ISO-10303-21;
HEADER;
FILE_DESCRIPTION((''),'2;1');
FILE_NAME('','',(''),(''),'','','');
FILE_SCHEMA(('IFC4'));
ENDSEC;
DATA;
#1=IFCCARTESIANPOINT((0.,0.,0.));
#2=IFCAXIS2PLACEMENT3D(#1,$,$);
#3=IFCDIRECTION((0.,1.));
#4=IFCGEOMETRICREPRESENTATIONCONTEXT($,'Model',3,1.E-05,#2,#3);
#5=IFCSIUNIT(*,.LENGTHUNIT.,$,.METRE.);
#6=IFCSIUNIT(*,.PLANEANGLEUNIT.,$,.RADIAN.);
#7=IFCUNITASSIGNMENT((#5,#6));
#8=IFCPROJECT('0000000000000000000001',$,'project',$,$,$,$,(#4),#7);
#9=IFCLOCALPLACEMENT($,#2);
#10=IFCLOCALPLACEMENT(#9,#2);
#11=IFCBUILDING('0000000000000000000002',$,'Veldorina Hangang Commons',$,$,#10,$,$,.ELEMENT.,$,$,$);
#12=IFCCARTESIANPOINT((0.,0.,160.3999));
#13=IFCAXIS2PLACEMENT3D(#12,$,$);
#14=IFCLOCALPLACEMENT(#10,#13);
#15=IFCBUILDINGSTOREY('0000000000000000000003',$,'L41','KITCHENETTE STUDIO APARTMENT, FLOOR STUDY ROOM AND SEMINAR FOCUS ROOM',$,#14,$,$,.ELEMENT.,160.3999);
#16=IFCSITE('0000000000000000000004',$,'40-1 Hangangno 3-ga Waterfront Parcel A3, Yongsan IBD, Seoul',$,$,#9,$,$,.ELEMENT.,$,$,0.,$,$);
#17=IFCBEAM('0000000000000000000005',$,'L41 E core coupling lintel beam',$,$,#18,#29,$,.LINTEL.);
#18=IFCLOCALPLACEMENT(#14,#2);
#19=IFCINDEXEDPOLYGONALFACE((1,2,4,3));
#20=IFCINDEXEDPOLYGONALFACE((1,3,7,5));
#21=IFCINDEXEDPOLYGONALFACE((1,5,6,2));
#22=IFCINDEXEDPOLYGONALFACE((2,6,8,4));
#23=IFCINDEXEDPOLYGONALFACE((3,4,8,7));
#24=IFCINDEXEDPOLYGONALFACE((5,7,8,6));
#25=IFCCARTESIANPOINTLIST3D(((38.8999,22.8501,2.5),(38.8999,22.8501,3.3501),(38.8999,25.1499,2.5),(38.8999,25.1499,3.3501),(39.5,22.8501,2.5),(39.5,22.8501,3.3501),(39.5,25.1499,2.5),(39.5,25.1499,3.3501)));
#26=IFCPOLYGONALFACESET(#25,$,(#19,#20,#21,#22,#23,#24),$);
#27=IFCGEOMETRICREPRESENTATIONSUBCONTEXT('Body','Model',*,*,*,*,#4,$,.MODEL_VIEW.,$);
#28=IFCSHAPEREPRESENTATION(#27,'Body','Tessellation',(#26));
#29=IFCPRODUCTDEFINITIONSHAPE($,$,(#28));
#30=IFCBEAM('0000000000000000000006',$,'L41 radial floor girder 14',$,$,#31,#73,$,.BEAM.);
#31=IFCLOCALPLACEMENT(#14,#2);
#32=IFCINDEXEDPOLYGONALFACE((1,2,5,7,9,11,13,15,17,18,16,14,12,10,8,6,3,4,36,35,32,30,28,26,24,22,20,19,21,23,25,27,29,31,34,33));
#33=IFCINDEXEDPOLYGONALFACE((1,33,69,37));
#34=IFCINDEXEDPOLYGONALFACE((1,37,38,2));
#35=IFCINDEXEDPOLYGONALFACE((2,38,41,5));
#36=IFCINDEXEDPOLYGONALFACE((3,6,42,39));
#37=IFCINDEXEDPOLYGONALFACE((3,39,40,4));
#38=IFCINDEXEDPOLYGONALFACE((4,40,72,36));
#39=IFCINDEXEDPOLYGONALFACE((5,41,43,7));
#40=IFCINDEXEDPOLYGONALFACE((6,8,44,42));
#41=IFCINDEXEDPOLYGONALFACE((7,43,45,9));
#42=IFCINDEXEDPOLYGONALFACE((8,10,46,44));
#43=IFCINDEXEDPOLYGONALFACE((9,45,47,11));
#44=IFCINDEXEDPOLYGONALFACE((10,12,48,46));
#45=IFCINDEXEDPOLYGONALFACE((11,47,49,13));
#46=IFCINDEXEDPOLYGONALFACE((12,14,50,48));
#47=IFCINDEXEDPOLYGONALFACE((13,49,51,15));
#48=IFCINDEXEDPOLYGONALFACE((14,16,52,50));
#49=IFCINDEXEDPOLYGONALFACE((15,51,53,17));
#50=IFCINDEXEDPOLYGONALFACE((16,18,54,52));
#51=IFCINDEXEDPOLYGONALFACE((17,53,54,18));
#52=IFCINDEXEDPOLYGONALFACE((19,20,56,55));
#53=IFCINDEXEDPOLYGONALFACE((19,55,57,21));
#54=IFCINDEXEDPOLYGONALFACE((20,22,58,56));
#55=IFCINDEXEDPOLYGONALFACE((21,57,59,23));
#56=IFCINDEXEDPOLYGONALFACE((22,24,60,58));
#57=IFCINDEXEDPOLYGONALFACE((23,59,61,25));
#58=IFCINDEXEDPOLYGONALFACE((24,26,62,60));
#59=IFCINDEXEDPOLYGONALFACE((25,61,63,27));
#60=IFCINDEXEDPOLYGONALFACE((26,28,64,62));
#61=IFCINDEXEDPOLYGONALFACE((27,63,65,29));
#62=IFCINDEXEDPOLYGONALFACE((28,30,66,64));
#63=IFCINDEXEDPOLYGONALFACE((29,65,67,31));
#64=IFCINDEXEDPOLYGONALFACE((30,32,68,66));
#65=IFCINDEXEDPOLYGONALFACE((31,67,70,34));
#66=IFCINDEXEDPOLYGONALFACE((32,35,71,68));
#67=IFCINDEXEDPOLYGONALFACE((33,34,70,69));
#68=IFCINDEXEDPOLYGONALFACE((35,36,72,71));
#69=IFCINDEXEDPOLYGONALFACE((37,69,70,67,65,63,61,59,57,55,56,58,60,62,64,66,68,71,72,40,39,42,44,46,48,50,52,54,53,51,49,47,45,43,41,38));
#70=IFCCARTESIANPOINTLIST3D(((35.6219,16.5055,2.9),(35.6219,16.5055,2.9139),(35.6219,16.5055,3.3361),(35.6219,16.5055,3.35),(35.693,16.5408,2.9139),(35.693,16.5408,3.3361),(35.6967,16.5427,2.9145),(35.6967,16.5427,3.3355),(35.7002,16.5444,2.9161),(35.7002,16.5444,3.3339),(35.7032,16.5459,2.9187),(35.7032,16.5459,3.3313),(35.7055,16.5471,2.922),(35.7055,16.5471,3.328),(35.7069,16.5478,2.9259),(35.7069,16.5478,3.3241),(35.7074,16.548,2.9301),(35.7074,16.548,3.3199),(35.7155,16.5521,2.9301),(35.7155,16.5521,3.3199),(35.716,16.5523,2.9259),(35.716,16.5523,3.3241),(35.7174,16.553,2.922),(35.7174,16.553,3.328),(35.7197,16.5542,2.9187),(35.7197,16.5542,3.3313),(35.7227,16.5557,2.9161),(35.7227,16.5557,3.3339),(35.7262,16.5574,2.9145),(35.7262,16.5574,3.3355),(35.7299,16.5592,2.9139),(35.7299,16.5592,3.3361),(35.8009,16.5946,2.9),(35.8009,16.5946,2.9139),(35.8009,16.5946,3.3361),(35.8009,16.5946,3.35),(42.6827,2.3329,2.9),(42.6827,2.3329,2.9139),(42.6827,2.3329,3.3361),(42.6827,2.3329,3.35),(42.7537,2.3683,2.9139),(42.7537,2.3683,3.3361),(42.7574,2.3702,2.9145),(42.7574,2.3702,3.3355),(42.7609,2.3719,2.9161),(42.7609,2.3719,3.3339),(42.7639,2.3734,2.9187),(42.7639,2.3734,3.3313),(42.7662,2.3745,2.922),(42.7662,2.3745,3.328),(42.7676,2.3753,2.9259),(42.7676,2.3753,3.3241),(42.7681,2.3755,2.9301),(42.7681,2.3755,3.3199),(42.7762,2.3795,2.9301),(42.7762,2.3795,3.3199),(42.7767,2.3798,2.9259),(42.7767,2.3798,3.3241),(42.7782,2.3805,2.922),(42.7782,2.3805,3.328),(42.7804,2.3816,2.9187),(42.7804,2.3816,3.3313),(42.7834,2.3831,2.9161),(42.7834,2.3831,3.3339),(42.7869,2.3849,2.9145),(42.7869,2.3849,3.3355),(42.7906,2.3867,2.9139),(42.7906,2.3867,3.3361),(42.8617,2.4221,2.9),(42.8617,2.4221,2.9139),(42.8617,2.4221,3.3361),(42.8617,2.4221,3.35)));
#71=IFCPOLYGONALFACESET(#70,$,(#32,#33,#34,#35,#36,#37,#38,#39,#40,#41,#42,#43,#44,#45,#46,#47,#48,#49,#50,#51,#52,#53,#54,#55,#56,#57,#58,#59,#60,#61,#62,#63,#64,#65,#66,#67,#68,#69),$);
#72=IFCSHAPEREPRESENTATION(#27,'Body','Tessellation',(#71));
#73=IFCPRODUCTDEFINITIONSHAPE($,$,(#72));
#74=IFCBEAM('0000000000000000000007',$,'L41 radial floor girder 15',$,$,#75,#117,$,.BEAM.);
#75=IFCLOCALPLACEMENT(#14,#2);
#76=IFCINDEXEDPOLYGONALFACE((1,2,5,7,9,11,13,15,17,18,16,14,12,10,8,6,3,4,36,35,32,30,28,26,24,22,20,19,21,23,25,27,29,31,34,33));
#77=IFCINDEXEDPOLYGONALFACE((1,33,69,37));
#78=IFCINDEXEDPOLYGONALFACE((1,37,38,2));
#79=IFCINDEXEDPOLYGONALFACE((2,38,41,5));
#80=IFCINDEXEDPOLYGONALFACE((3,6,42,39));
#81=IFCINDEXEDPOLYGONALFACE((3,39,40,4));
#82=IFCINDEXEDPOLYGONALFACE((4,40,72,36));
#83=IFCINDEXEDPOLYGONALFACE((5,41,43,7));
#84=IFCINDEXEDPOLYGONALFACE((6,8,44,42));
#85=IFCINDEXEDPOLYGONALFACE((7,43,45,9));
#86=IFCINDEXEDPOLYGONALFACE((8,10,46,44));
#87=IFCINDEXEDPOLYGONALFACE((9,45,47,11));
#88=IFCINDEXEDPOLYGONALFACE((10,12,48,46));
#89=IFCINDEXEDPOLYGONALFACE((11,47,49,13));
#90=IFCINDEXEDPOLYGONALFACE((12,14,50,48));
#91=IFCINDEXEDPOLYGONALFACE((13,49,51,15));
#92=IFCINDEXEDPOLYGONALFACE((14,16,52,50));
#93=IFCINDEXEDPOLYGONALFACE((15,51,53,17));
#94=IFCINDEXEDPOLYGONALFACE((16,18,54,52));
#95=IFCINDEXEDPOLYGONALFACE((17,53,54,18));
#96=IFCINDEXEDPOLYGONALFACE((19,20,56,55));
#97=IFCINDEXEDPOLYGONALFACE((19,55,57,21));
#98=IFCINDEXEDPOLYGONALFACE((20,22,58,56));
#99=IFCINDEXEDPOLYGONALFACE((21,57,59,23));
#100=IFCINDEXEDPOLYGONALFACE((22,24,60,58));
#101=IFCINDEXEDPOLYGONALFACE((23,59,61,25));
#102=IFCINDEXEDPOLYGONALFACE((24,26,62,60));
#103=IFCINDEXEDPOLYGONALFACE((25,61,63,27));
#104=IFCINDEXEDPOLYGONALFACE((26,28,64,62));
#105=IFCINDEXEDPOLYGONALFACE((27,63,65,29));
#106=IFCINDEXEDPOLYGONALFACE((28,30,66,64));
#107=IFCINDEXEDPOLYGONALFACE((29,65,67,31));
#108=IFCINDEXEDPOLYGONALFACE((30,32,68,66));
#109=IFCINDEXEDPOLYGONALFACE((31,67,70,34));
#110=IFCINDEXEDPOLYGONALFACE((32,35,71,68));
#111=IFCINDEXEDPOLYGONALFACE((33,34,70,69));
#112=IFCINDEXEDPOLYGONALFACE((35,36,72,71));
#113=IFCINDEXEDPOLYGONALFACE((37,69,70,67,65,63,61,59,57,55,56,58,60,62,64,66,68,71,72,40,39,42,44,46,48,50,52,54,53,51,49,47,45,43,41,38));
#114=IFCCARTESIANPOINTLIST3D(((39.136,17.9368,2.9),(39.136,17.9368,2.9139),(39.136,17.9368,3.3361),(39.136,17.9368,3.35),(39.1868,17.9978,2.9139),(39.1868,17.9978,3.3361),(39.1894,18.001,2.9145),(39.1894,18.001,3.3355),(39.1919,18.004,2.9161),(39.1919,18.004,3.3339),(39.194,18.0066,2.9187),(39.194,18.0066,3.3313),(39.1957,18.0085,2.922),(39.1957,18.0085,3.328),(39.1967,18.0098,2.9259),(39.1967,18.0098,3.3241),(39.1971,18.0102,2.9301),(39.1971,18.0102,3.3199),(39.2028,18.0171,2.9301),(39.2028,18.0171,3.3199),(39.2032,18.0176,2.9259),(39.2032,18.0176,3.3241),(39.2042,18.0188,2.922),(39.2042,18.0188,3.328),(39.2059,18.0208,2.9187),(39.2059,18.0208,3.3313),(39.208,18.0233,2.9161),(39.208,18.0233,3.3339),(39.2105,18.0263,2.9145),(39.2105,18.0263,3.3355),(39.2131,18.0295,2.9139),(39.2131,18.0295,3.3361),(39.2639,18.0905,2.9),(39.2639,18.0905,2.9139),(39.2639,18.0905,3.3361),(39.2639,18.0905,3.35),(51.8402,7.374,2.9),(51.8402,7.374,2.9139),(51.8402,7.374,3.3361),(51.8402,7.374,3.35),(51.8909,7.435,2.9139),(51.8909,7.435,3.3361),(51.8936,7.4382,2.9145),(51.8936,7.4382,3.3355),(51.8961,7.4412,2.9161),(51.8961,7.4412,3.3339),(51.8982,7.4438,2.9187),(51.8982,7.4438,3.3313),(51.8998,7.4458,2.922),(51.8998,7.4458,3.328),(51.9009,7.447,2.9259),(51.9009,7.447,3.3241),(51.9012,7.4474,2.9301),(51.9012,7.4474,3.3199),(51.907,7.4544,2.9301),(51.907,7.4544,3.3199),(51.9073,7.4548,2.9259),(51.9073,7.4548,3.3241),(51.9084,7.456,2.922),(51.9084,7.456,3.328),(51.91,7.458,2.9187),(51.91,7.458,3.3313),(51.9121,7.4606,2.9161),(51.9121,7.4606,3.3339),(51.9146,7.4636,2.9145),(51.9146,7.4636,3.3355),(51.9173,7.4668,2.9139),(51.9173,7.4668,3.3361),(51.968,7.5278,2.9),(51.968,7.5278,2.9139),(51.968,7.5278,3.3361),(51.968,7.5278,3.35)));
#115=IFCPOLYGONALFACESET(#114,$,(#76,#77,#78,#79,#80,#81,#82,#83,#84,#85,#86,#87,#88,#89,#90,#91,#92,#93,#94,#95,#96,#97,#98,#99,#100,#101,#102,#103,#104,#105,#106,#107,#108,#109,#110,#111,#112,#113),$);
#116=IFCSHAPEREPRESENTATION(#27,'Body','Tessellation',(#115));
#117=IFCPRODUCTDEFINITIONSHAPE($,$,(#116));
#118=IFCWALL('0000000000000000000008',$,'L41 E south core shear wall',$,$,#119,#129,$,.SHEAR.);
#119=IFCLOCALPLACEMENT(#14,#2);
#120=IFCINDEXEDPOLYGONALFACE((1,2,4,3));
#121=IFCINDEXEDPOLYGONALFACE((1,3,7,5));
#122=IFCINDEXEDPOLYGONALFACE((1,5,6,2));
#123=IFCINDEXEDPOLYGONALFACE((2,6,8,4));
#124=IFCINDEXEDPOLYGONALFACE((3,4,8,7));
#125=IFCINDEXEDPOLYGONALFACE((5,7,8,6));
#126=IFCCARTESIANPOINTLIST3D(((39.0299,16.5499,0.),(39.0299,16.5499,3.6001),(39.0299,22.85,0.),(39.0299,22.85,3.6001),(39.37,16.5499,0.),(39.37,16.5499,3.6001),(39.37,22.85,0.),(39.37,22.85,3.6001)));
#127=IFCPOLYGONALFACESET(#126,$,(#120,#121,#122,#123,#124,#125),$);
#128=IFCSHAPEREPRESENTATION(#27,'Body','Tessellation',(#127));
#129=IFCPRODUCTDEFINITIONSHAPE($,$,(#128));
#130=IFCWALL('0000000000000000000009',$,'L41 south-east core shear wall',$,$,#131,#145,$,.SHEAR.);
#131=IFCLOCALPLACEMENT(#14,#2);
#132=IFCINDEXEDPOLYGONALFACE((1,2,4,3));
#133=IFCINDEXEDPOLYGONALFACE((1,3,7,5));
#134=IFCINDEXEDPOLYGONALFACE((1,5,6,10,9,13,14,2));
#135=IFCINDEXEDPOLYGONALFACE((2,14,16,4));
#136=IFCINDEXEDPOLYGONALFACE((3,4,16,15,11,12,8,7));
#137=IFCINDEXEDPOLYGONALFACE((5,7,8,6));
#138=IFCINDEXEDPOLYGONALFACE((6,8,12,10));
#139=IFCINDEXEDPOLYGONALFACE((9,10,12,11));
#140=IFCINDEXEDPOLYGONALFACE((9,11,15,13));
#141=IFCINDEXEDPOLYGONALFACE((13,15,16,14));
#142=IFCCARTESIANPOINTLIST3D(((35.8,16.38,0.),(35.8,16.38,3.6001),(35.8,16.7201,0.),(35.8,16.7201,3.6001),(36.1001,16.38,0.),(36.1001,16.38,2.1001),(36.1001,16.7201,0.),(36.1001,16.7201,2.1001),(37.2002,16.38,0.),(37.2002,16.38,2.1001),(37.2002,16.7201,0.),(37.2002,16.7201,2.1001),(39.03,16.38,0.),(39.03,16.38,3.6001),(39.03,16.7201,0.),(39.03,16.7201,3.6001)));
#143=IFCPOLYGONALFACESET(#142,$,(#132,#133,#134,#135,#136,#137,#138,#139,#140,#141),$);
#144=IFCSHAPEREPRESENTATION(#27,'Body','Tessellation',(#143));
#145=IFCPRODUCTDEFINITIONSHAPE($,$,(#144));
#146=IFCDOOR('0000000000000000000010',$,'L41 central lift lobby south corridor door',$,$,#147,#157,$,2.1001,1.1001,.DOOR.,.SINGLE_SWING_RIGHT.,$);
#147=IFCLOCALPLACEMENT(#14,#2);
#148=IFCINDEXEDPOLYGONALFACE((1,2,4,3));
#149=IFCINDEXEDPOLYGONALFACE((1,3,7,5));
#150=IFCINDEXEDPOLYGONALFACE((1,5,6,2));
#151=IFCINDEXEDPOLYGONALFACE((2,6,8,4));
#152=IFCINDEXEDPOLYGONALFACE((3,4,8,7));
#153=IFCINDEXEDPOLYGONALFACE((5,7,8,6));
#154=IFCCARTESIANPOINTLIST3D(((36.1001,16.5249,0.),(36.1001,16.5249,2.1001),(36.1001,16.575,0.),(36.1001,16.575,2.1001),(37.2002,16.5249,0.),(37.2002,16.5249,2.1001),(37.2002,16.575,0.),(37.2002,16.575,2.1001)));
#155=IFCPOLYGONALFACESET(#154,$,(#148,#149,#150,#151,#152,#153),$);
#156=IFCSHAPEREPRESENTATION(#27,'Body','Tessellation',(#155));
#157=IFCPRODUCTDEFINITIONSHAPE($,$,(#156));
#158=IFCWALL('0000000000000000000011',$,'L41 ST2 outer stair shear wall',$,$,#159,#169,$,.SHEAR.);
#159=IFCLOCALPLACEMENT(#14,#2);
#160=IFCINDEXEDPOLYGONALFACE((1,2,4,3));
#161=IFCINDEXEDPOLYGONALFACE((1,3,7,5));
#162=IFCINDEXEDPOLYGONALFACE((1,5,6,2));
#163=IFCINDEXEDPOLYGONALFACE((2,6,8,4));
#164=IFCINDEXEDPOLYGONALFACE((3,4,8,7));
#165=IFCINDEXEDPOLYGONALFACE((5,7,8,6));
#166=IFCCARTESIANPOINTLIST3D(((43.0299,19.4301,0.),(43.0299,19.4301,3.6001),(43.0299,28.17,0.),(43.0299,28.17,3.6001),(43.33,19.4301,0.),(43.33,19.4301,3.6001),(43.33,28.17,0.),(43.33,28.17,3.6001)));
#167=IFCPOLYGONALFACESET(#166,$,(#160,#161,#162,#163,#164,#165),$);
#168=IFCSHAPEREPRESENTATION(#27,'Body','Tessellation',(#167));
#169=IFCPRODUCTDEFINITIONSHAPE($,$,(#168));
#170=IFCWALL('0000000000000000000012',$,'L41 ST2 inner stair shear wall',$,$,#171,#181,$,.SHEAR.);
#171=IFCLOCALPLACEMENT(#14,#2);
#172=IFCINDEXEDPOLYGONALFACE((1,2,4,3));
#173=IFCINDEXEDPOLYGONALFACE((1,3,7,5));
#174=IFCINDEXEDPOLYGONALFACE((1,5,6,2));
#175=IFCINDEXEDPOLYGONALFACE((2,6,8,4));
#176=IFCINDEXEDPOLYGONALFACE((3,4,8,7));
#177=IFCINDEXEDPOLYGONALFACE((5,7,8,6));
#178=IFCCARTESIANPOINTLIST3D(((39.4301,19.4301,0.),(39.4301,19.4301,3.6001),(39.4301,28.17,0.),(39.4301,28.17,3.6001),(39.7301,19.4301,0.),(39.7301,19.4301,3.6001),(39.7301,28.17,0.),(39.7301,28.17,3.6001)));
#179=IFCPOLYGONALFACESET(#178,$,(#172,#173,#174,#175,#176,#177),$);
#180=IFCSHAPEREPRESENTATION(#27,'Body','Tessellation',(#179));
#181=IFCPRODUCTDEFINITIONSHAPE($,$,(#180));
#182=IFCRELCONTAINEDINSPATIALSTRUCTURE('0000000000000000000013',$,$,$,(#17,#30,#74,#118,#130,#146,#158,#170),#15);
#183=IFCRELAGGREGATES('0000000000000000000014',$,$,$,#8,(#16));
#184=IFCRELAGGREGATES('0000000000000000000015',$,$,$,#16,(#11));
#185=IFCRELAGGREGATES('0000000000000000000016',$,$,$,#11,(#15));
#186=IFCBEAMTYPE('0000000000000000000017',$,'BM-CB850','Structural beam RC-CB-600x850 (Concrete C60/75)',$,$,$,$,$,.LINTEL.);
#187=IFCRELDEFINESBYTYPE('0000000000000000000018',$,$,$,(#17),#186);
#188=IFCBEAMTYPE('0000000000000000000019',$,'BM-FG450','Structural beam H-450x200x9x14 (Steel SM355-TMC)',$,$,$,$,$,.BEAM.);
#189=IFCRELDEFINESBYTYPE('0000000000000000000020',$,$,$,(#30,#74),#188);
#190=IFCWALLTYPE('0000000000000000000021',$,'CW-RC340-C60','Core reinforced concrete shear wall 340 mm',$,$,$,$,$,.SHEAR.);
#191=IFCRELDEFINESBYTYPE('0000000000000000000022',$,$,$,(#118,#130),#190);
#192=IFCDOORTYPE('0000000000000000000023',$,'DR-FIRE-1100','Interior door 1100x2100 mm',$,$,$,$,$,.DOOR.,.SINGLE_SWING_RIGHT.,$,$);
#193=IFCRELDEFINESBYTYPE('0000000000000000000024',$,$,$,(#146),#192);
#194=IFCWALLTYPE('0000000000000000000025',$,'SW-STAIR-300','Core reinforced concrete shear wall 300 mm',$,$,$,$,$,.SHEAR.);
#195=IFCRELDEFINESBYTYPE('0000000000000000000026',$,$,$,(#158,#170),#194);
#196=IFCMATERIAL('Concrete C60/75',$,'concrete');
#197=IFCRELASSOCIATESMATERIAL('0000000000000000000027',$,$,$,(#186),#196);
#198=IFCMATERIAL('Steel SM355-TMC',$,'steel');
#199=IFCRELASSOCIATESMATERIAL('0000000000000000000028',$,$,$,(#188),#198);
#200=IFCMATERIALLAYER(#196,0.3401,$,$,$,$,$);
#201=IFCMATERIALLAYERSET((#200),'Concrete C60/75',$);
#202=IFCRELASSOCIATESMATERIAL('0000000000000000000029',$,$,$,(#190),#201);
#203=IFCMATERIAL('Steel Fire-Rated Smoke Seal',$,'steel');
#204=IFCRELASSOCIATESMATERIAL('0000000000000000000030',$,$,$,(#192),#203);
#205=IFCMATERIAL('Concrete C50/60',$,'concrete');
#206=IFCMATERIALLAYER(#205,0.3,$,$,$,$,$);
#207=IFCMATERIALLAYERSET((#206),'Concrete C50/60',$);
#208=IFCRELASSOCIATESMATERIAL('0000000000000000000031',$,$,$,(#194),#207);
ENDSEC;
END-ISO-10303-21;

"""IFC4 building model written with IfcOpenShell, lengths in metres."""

from ifc_helpers import new_model, si_unit, direction, frame, frame_2d, origin, origin_2d, place, context, subcontext, project, spatial, rectangle, i_section, extrude, material, layer, layer_set, material_profile, profile_set, type_object, element, fill, save


model = new_model("IFC4")

# Units and contexts
model_context = context("Model", 3, precision=1e-05, world=origin(), true_north=direction((0.0, 1.0)))
body_context = subcontext(model_context, "Body", "Model", "MODEL_VIEW")
ifc_project = project(units=[si_unit("LENGTHUNIT", "METRE"), si_unit("PLANEANGLEUNIT", "RADIAN")], contexts=[model_context])

# Site, building, storey
site_placement = place(None, origin())
site = spatial("IfcSite", under=ifc_project, at=site_placement, Name="40-1 Hangangno 3-ga Waterfront Parcel A3, Yongsan IBD, Seoul", CompositionType="ELEMENT", RefElevation=0.0)
building_placement = place(site_placement, origin())
building = spatial("IfcBuilding", under=site, at=building_placement, Name="Veldorina Hangang Commons", CompositionType="ELEMENT")
storey_placement = place(building_placement, frame((0.0, 0.0, 160.3999)))
storey = spatial("IfcBuildingStorey", under=building, at=storey_placement, Name="L41", Description="KITCHENETTE STUDIO APARTMENT, FLOOR STUDY ROOM AND SEMINAR FOCUS ROOM", CompositionType="ELEMENT", Elevation=160.3999)

# Beams
ifc_material_1 = material(Name="Concrete C60/75", Category="concrete")
ifc_material_profile_1 = material_profile(ifc_material_1, rectangle(XDim=0.6001, YDim=0.8501, at=origin_2d()), Name="RC-CB-600x850")
ifc_profile_set_1 = profile_set([ifc_material_profile_1], Name="Concrete C60/75")
beam_type_1 = type_object("IfcBeamType", Name="BM-CB850", Description="Structural beam RC-CB-600x850 (Concrete C60/75)", PredefinedType="LINTEL", material=ifc_profile_set_1)
beam_1_placement = place(storey_placement, frame((39.2, 22.8501, 2.925), z_axis=(0.0, 1.0, 0.0), x_axis=(-1.0, 0.0, 0.0)))
element("IfcBeam", 1, at=beam_1_placement, inside=storey, type_object=beam_type_1, Name="L41 E core coupling lintel beam", PredefinedType="LINTEL", context=body_context, shape_type="SweptSolid", body=[
    extrude(rectangle(XDim=0.6001, YDim=0.8501, at=origin_2d()), origin(), (0.0, 0.0, 1.0), 2.2998),
])
ifc_material_2 = material(Name="Steel SM355-TMC", Category="steel")
ifc_material_profile_2 = material_profile(ifc_material_2, i_section(OverallWidth=0.2, OverallDepth=0.45, WebThickness=0.009, FlangeThickness=0.0139, FilletRadius=0.0161, at=origin_2d()), Name="H-450x200x9x14")
ifc_profile_set_2 = profile_set([ifc_material_profile_2], Name="Steel SM355-TMC")
beam_type_2 = type_object("IfcBeamType", Name="BM-FG450", Description="Structural beam H-450x200x9x14 (Steel SM355-TMC)", PredefinedType="BEAM", material=ifc_profile_set_2)
beam_2_placement = place(storey_placement, frame((35.7114, 16.55, 3.125), z_axis=(0.445924, -0.895071, 0.0), x_axis=(0.895071, 0.445924, 0.0)))
element("IfcBeam", 2, at=beam_2_placement, inside=storey, type_object=beam_type_2, Name="L41 radial floor girder 14", PredefinedType="BEAM", context=body_context, shape_type="SweptSolid", body=[
    extrude(i_section(OverallWidth=0.2, OverallDepth=0.45, WebThickness=0.009, FlangeThickness=0.0139, FilletRadius=0.0161, at=origin_2d()), origin(), (0.0, 0.0, 1.0), 15.834),
])
beam_3_placement = place(storey_placement, frame((39.2, 18.0137, 3.125), z_axis=(0.768935, -0.639326, 0.0), x_axis=(0.639326, 0.768935, 0.0)))
element("IfcBeam", 3, at=beam_3_placement, inside=storey, type_object=beam_type_2, Name="L41 radial floor girder 15", PredefinedType="BEAM", context=body_context, shape_type="SweptSolid", body=[
    extrude(i_section(OverallWidth=0.2, OverallDepth=0.45, WebThickness=0.009, FlangeThickness=0.0139, FilletRadius=0.0161, at=origin_2d()), origin(), (0.0, 0.0, 1.0), 16.5217),
])

# Wall
ifc_layer_1 = layer(ifc_material_1, 0.3401)
ifc_layer_set_1 = layer_set([ifc_layer_1], Name="Concrete C60/75")
wall_type_1 = type_object("IfcWallType", Name="CW-RC340-C60", Description="Core reinforced concrete shear wall 340 mm", PredefinedType="SHEAR", material=ifc_layer_set_1)
wall_1_placement = place(storey_placement, frame((39.2, 16.55, 0.0), z_axis=(0.0, 0.0, 1.0), x_axis=(0.0, 1.0, 0.0)))
element("IfcWall", 4, at=wall_1_placement, inside=storey, type_object=wall_type_1, Name="L41 E south core shear wall", PredefinedType="SHEAR", context=body_context, shape_type="SweptSolid", body=[
    extrude(rectangle(XDim=6.3, YDim=0.3401, at=frame_2d((3.1499, 0.0))), origin(), (0.0, 0.0, 1.0), 3.6001),
])

# Wall, opening, door
wall_2_placement = place(storey_placement, frame((35.8, 16.55, 0.0), z_axis=(0.0, 0.0, 1.0), x_axis=(1.0, 0.0, 0.0)))
wall_2 = element("IfcWall", 5, at=wall_2_placement, inside=storey, type_object=wall_type_1, Name="L41 south-east core shear wall", PredefinedType="SHEAR", context=body_context, shape_type="SweptSolid", body=[
    extrude(rectangle(XDim=3.23, YDim=0.3401, at=frame_2d((1.615, 0.0))), origin(), (0.0, 0.0, 1.0), 3.6001),
])
opening_1_placement = place(wall_2_placement, frame((0.3, 0.0, 0.0)))
opening_1 = element("IfcOpeningElement", 6, at=opening_1_placement, cuts=wall_2, PredefinedType="OPENING", context=body_context, shape_type="SweptSolid", body=[
    extrude(rectangle(XDim=1.1001, YDim=2.1001, at=frame_2d((0.55, 1.05))), frame((0.0, 0.1802, 0.0), z_axis=(0.0, -1.0, 0.0), x_axis=(1.0, 0.0, 0.0)), (0.0, 0.0, 1.0), 0.3601),
])
ifc_material_3 = material(Name="Steel Fire-Rated Smoke Seal", Category="steel")
door_type_1 = type_object("IfcDoorType", Name="DR-FIRE-1100", Description="Interior door 1100x2100 mm", OperationType="SINGLE_SWING_RIGHT", PredefinedType="DOOR", material=ifc_material_3)
door_1_placement = place(opening_1_placement, origin())
door_1 = element("IfcDoor", 7, at=door_1_placement, inside=storey, type_object=door_type_1, Name="L41 central lift lobby south corridor door", OperationType="SINGLE_SWING_RIGHT", OverallHeight=2.1001, OverallWidth=1.1001, PredefinedType="DOOR", context=body_context, shape_type="SweptSolid", body=[
    extrude(rectangle(XDim=1.1001, YDim=2.1001, at=frame_2d((0.55, 1.05))), frame((0.0, 0.0249, 0.0), z_axis=(0.0, -1.0, 0.0), x_axis=(1.0, 0.0, 0.0)), (0.0, 0.0, 1.0), 0.05),
])
fill(opening_1, door_1)

# Walls
ifc_material_4 = material(Name="Concrete C50/60", Category="concrete")
ifc_layer_2 = layer(ifc_material_4, 0.3)
ifc_layer_set_2 = layer_set([ifc_layer_2], Name="Concrete C50/60")
wall_type_2 = type_object("IfcWallType", Name="SW-STAIR-300", Description="Core reinforced concrete shear wall 300 mm", PredefinedType="SHEAR", material=ifc_layer_set_2)
for number, where, z_axis, x_axis, name in (
    (8, (43.1799, 19.4299, 0.0), (0.0, 0.0, 1.0), (0.0, 1.0, 0.0), "L41 ST2 outer stair shear wall"),
    (9, (39.5801, 19.4299, 0.0), (0.0, 0.0, 1.0), (0.0, 1.0, 0.0), "L41 ST2 inner stair shear wall"),
):
    element("IfcWall", number, at=place(storey_placement, frame(where, z_axis=z_axis, x_axis=x_axis)), inside=storey, type_object=wall_type_2, Name=name, PredefinedType="SHEAR", context=body_context, shape_type="SweptSolid", body=[
        extrude(rectangle(XDim=8.74, YDim=0.3, at=frame_2d((4.3701, 0.0))), origin(), (0.0, 0.0, 1.0), 3.6001),
    ])

save(model, "model.ifc")
